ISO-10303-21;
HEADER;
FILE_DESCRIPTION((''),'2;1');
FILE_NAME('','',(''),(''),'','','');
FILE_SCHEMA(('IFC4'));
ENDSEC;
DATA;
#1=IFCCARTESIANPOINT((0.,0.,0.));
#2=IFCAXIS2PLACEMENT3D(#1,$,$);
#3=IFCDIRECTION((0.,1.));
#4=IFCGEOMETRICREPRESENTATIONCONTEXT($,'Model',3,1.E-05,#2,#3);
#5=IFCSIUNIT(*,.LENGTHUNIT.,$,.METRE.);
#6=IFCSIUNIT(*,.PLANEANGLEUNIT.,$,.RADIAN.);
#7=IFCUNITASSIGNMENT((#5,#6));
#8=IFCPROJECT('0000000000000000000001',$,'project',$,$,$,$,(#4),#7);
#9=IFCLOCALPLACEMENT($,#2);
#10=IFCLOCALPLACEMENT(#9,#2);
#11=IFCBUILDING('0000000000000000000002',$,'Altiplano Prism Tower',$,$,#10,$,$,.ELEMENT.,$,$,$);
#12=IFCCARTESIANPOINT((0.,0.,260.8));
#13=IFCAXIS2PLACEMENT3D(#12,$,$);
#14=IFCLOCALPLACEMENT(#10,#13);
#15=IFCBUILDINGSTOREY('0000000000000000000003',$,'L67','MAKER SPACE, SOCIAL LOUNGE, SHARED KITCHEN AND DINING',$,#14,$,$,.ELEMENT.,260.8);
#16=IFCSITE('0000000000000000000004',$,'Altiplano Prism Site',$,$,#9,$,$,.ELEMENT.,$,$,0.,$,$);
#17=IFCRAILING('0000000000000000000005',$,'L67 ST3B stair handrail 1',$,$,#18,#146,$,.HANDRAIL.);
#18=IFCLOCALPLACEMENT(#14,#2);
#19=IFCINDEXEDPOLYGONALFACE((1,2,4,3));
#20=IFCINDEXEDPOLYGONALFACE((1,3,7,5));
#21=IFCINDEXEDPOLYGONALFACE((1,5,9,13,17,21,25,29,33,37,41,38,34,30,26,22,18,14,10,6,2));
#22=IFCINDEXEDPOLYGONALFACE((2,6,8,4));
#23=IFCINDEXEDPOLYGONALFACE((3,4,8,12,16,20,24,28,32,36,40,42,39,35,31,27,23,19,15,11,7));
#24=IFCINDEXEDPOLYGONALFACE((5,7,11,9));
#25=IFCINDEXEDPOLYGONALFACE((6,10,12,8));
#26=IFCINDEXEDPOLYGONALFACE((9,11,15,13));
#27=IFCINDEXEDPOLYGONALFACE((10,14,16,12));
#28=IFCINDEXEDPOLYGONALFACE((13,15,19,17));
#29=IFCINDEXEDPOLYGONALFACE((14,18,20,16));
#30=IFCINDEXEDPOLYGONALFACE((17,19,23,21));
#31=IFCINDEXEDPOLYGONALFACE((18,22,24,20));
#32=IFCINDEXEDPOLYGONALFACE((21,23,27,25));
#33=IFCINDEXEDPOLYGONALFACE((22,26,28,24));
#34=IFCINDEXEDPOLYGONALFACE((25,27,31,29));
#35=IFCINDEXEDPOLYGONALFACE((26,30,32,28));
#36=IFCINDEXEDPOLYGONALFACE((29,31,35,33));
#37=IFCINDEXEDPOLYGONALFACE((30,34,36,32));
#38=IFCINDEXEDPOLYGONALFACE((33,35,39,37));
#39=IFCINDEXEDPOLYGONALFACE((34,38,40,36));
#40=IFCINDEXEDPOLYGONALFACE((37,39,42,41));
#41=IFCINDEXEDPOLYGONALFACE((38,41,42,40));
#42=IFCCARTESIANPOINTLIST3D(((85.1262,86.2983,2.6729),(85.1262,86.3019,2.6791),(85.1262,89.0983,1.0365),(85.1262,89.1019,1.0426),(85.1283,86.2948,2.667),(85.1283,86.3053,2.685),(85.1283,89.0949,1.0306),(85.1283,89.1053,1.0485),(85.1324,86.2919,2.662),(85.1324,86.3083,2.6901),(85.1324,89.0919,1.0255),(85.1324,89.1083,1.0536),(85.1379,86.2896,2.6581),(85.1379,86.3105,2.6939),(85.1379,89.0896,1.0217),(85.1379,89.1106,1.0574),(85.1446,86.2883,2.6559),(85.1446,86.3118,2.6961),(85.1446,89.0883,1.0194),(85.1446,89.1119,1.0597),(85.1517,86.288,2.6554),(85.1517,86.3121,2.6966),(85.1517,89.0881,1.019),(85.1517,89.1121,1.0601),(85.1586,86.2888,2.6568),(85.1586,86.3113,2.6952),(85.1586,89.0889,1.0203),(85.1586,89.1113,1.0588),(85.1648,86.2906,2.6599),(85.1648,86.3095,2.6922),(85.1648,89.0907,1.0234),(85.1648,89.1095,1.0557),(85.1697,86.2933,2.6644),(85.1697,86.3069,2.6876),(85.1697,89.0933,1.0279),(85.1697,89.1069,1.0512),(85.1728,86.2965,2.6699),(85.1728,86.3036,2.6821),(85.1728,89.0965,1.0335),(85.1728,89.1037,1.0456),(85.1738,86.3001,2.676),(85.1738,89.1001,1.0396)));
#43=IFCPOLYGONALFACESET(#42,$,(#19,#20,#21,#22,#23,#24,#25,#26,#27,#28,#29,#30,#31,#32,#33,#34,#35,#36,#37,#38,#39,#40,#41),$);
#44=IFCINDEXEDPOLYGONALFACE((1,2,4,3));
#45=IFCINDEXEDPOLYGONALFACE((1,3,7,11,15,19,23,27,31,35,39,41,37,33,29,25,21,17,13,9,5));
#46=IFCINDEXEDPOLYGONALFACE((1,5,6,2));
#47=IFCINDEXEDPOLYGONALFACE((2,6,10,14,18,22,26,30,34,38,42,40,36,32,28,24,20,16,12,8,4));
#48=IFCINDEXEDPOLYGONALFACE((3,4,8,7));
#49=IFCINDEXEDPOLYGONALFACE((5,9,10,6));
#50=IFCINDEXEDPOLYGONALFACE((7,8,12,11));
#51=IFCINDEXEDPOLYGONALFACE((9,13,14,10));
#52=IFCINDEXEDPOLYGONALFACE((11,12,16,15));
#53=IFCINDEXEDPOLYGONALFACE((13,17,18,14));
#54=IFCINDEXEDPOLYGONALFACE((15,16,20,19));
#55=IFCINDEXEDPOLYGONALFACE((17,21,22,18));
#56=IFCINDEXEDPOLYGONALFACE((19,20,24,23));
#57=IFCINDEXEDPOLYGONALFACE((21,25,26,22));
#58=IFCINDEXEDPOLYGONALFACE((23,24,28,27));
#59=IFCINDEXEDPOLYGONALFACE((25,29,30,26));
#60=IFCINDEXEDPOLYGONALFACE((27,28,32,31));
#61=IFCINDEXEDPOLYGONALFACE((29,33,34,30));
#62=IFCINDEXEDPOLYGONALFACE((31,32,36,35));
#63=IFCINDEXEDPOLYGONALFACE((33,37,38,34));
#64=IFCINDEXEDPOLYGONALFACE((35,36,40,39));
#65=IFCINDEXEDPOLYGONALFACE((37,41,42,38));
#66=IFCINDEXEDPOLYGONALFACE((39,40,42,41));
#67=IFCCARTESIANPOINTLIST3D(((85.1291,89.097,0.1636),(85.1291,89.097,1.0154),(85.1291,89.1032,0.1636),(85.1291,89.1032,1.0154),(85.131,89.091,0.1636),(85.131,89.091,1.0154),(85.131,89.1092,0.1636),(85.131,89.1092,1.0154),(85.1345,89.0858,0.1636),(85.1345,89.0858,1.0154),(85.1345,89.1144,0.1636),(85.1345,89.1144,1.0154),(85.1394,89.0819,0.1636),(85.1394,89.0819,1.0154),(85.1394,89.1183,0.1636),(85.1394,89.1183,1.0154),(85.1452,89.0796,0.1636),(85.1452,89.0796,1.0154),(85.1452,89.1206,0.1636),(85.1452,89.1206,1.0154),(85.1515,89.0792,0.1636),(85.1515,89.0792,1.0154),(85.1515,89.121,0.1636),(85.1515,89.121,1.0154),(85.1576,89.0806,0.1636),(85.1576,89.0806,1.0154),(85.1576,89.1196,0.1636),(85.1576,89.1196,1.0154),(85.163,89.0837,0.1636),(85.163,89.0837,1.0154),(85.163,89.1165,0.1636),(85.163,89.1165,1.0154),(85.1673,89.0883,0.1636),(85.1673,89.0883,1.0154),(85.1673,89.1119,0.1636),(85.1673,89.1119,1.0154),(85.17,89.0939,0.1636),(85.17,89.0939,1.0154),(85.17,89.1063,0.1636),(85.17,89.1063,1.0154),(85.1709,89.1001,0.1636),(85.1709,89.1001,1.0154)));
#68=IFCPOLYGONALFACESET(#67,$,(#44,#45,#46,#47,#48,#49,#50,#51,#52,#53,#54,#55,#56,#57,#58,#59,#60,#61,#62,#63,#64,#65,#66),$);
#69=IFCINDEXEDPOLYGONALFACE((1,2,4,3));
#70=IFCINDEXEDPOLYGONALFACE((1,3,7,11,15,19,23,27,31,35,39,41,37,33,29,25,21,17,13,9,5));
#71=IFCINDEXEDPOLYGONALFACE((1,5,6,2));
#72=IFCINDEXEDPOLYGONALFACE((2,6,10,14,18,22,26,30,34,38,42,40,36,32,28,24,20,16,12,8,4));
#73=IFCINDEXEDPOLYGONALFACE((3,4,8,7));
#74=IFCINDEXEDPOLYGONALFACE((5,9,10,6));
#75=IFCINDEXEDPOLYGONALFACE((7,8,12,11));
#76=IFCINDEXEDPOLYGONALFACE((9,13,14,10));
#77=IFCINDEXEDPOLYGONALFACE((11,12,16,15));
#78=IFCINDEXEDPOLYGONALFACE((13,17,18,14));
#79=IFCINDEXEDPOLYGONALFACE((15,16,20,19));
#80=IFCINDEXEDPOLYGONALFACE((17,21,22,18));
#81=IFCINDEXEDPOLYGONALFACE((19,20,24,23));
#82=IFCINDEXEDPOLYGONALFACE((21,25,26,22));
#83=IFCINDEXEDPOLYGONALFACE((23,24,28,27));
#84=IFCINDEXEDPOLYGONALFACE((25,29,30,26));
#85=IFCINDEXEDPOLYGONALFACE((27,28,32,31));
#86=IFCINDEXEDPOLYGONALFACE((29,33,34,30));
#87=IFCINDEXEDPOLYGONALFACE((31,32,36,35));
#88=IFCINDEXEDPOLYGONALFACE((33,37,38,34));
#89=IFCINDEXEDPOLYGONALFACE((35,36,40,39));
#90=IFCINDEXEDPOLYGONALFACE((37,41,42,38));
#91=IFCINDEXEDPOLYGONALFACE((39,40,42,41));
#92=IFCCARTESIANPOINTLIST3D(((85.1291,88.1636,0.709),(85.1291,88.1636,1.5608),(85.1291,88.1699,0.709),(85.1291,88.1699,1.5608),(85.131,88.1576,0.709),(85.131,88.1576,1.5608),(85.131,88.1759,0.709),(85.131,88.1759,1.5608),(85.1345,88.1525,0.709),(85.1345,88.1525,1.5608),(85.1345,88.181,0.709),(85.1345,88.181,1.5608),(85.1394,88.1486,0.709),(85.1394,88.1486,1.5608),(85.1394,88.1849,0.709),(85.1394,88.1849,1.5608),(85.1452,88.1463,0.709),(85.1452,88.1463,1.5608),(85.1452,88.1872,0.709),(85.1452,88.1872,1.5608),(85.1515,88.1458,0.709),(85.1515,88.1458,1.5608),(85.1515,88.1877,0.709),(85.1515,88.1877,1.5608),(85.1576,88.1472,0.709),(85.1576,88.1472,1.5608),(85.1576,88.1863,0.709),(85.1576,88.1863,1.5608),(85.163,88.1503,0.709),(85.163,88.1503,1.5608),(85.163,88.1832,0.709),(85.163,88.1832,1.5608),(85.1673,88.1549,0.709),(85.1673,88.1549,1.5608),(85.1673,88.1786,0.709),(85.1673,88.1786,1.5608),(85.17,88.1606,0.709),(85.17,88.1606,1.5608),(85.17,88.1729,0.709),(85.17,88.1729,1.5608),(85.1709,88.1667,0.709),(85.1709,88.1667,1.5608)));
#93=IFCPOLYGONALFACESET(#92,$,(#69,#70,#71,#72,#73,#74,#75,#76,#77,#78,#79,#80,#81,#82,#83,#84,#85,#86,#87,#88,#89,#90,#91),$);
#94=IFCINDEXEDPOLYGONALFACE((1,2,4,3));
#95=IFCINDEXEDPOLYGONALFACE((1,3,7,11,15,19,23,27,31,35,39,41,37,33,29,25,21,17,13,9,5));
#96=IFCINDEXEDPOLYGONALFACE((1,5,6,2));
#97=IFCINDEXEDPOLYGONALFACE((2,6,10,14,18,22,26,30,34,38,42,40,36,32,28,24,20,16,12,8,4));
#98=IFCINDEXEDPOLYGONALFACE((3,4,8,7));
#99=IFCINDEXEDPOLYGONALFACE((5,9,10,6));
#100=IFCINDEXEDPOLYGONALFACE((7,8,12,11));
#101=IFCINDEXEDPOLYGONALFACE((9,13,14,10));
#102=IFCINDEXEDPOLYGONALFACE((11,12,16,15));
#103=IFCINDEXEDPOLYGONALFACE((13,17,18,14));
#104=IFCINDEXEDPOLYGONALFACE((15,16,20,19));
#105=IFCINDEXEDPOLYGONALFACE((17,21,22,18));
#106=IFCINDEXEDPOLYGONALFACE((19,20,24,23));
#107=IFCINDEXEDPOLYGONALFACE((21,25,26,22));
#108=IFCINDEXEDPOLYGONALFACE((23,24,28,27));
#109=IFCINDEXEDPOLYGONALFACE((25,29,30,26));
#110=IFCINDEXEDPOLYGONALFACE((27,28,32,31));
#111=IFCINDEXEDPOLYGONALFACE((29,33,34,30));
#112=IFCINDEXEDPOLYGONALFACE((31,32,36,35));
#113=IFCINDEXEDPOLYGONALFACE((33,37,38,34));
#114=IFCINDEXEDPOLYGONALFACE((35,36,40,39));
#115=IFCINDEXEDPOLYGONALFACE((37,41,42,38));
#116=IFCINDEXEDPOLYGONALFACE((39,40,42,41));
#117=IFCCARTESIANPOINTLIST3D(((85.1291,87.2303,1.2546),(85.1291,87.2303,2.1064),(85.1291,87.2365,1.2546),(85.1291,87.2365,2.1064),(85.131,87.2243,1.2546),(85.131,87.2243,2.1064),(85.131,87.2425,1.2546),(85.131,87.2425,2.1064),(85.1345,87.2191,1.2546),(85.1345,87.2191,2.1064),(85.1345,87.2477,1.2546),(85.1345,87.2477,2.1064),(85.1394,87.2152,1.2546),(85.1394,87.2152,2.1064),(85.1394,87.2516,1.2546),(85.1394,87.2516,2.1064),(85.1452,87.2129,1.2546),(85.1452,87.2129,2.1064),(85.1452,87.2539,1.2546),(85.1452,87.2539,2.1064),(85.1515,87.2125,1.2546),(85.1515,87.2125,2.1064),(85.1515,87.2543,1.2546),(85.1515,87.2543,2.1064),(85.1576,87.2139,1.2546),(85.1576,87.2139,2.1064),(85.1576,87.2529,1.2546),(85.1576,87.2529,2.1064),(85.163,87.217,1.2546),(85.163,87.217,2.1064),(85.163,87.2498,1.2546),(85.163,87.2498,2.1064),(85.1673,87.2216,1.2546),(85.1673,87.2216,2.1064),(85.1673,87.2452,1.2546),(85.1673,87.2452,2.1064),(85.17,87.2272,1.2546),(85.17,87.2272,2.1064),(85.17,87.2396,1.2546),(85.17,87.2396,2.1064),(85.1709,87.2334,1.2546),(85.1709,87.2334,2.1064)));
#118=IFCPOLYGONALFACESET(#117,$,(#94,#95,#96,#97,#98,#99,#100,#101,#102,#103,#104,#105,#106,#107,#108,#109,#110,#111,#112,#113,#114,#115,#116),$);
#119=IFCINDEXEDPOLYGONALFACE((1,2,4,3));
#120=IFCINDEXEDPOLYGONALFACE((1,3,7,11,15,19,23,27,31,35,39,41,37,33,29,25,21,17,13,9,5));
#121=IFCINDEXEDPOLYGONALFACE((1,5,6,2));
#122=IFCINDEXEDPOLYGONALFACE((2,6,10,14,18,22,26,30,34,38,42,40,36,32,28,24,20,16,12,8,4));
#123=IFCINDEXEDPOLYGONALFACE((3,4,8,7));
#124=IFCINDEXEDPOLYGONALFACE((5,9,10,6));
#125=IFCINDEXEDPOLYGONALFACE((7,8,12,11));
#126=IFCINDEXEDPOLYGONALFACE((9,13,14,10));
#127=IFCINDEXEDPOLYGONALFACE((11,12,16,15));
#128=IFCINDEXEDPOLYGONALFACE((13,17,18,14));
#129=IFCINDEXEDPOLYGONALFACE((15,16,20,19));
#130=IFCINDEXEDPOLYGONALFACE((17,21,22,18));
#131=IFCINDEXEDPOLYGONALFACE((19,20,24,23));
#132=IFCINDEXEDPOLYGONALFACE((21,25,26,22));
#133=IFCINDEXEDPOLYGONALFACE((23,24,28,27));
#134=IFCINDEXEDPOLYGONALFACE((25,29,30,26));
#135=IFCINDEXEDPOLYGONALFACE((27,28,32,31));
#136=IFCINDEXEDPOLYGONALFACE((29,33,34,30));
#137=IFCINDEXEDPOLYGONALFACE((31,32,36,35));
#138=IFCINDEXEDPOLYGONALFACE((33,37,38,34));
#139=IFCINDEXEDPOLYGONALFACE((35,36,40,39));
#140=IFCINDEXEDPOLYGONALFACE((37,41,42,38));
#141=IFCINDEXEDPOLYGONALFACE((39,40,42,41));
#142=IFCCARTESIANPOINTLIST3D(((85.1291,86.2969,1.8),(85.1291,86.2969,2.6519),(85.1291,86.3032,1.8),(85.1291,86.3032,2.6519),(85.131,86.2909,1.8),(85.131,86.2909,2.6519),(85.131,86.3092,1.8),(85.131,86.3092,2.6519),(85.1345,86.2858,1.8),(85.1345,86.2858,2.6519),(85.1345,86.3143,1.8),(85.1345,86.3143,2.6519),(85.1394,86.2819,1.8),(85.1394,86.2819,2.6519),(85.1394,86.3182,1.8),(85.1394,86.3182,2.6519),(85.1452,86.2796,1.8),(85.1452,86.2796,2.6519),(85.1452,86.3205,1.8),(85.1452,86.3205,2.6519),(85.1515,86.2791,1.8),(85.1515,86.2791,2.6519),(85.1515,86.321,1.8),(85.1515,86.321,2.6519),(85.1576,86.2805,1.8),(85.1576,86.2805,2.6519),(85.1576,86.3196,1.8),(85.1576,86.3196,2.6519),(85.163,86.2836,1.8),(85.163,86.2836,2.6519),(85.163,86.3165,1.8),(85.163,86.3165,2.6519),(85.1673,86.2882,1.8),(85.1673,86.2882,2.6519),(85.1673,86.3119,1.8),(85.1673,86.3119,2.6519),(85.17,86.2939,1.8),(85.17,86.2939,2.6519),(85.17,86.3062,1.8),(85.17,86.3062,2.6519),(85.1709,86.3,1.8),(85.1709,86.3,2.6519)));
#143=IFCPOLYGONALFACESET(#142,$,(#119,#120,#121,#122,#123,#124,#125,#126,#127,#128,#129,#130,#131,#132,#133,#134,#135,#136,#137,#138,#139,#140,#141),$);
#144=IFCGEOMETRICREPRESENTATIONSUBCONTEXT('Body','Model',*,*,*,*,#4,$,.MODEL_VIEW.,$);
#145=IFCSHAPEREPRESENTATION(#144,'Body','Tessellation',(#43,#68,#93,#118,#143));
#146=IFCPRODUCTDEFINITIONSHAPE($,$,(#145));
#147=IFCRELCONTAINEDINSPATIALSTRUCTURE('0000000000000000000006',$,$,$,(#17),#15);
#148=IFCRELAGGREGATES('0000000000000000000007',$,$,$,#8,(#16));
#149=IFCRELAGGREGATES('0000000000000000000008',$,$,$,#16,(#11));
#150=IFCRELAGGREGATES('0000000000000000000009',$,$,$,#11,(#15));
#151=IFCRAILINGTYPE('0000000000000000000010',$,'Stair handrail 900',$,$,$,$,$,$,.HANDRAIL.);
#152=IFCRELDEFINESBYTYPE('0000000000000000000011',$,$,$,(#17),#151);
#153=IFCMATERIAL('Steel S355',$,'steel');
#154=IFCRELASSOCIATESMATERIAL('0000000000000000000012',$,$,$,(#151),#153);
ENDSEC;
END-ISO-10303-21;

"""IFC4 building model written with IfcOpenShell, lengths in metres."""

from ifc_helpers import new_model, si_unit, direction, frame, origin, origin_2d, place, context, subcontext, project, spatial, circle, extrude, material, type_object, element, save


model = new_model("IFC4")

# Units and contexts
model_context = context("Model", 3, precision=1e-05, world=origin(), true_north=direction((0.0, 1.0)))
body_context = subcontext(model_context, "Body", "Model", "MODEL_VIEW")
ifc_project = project(units=[si_unit("LENGTHUNIT", "METRE"), si_unit("PLANEANGLEUNIT", "RADIAN")], contexts=[model_context])

# Site, building, storey
site_placement = place(None, origin())
site = spatial("IfcSite", under=ifc_project, at=site_placement, Name="Altiplano Prism Site", CompositionType="ELEMENT", RefElevation=0.0)
building_placement = place(site_placement, origin())
building = spatial("IfcBuilding", under=site, at=building_placement, Name="Altiplano Prism Tower", CompositionType="ELEMENT")
storey_placement = place(building_placement, frame((0.0, 0.0, 260.8)))
storey = spatial("IfcBuildingStorey", under=building, at=storey_placement, Name="L67", Description="MAKER SPACE, SOCIAL LOUNGE, SHARED KITCHEN AND DINING", CompositionType="ELEMENT", Elevation=260.8)

# Railing
ifc_material_1 = material(Name="Steel S355", Category="steel")
railing_type_1 = type_object("IfcRailingType", Name="Stair handrail 900", PredefinedType="HANDRAIL", material=ifc_material_1)
railing_1_placement = place(storey_placement, frame((85.1499, 89.1001, 0.1636)))
element("IfcRailing", 1, at=railing_1_placement, inside=storey, type_object=railing_type_1, Name="L67 ST3B stair handrail 1", PredefinedType="HANDRAIL", context=body_context, shape_type="SweptSolid", body=[
    extrude(circle(Radius=0.0239, at=origin_2d()), frame((0.0, 0.0, 0.876), z_axis=(0.0, -0.863361, 0.504587), x_axis=(1.0, 0.0, 0.0)), (0.0, 0.0, 1.0), 3.2432),
    extrude(circle(Radius=0.021, at=origin_2d()), origin(), (0.0, 0.0, 1.0), 0.8518),
    extrude(circle(Radius=0.021, at=origin_2d()), frame((0.0, -0.9333, 0.5454)), (0.0, 0.0, 1.0), 0.8518),
    extrude(circle(Radius=0.021, at=origin_2d()), frame((0.0, -1.8667, 1.0911)), (0.0, 0.0, 1.0), 0.8518),
    extrude(circle(Radius=0.021, at=origin_2d()), frame((0.0, -2.8, 1.6365)), (0.0, 0.0, 1.0), 0.8518),
])

save(model, "model.ifc")
